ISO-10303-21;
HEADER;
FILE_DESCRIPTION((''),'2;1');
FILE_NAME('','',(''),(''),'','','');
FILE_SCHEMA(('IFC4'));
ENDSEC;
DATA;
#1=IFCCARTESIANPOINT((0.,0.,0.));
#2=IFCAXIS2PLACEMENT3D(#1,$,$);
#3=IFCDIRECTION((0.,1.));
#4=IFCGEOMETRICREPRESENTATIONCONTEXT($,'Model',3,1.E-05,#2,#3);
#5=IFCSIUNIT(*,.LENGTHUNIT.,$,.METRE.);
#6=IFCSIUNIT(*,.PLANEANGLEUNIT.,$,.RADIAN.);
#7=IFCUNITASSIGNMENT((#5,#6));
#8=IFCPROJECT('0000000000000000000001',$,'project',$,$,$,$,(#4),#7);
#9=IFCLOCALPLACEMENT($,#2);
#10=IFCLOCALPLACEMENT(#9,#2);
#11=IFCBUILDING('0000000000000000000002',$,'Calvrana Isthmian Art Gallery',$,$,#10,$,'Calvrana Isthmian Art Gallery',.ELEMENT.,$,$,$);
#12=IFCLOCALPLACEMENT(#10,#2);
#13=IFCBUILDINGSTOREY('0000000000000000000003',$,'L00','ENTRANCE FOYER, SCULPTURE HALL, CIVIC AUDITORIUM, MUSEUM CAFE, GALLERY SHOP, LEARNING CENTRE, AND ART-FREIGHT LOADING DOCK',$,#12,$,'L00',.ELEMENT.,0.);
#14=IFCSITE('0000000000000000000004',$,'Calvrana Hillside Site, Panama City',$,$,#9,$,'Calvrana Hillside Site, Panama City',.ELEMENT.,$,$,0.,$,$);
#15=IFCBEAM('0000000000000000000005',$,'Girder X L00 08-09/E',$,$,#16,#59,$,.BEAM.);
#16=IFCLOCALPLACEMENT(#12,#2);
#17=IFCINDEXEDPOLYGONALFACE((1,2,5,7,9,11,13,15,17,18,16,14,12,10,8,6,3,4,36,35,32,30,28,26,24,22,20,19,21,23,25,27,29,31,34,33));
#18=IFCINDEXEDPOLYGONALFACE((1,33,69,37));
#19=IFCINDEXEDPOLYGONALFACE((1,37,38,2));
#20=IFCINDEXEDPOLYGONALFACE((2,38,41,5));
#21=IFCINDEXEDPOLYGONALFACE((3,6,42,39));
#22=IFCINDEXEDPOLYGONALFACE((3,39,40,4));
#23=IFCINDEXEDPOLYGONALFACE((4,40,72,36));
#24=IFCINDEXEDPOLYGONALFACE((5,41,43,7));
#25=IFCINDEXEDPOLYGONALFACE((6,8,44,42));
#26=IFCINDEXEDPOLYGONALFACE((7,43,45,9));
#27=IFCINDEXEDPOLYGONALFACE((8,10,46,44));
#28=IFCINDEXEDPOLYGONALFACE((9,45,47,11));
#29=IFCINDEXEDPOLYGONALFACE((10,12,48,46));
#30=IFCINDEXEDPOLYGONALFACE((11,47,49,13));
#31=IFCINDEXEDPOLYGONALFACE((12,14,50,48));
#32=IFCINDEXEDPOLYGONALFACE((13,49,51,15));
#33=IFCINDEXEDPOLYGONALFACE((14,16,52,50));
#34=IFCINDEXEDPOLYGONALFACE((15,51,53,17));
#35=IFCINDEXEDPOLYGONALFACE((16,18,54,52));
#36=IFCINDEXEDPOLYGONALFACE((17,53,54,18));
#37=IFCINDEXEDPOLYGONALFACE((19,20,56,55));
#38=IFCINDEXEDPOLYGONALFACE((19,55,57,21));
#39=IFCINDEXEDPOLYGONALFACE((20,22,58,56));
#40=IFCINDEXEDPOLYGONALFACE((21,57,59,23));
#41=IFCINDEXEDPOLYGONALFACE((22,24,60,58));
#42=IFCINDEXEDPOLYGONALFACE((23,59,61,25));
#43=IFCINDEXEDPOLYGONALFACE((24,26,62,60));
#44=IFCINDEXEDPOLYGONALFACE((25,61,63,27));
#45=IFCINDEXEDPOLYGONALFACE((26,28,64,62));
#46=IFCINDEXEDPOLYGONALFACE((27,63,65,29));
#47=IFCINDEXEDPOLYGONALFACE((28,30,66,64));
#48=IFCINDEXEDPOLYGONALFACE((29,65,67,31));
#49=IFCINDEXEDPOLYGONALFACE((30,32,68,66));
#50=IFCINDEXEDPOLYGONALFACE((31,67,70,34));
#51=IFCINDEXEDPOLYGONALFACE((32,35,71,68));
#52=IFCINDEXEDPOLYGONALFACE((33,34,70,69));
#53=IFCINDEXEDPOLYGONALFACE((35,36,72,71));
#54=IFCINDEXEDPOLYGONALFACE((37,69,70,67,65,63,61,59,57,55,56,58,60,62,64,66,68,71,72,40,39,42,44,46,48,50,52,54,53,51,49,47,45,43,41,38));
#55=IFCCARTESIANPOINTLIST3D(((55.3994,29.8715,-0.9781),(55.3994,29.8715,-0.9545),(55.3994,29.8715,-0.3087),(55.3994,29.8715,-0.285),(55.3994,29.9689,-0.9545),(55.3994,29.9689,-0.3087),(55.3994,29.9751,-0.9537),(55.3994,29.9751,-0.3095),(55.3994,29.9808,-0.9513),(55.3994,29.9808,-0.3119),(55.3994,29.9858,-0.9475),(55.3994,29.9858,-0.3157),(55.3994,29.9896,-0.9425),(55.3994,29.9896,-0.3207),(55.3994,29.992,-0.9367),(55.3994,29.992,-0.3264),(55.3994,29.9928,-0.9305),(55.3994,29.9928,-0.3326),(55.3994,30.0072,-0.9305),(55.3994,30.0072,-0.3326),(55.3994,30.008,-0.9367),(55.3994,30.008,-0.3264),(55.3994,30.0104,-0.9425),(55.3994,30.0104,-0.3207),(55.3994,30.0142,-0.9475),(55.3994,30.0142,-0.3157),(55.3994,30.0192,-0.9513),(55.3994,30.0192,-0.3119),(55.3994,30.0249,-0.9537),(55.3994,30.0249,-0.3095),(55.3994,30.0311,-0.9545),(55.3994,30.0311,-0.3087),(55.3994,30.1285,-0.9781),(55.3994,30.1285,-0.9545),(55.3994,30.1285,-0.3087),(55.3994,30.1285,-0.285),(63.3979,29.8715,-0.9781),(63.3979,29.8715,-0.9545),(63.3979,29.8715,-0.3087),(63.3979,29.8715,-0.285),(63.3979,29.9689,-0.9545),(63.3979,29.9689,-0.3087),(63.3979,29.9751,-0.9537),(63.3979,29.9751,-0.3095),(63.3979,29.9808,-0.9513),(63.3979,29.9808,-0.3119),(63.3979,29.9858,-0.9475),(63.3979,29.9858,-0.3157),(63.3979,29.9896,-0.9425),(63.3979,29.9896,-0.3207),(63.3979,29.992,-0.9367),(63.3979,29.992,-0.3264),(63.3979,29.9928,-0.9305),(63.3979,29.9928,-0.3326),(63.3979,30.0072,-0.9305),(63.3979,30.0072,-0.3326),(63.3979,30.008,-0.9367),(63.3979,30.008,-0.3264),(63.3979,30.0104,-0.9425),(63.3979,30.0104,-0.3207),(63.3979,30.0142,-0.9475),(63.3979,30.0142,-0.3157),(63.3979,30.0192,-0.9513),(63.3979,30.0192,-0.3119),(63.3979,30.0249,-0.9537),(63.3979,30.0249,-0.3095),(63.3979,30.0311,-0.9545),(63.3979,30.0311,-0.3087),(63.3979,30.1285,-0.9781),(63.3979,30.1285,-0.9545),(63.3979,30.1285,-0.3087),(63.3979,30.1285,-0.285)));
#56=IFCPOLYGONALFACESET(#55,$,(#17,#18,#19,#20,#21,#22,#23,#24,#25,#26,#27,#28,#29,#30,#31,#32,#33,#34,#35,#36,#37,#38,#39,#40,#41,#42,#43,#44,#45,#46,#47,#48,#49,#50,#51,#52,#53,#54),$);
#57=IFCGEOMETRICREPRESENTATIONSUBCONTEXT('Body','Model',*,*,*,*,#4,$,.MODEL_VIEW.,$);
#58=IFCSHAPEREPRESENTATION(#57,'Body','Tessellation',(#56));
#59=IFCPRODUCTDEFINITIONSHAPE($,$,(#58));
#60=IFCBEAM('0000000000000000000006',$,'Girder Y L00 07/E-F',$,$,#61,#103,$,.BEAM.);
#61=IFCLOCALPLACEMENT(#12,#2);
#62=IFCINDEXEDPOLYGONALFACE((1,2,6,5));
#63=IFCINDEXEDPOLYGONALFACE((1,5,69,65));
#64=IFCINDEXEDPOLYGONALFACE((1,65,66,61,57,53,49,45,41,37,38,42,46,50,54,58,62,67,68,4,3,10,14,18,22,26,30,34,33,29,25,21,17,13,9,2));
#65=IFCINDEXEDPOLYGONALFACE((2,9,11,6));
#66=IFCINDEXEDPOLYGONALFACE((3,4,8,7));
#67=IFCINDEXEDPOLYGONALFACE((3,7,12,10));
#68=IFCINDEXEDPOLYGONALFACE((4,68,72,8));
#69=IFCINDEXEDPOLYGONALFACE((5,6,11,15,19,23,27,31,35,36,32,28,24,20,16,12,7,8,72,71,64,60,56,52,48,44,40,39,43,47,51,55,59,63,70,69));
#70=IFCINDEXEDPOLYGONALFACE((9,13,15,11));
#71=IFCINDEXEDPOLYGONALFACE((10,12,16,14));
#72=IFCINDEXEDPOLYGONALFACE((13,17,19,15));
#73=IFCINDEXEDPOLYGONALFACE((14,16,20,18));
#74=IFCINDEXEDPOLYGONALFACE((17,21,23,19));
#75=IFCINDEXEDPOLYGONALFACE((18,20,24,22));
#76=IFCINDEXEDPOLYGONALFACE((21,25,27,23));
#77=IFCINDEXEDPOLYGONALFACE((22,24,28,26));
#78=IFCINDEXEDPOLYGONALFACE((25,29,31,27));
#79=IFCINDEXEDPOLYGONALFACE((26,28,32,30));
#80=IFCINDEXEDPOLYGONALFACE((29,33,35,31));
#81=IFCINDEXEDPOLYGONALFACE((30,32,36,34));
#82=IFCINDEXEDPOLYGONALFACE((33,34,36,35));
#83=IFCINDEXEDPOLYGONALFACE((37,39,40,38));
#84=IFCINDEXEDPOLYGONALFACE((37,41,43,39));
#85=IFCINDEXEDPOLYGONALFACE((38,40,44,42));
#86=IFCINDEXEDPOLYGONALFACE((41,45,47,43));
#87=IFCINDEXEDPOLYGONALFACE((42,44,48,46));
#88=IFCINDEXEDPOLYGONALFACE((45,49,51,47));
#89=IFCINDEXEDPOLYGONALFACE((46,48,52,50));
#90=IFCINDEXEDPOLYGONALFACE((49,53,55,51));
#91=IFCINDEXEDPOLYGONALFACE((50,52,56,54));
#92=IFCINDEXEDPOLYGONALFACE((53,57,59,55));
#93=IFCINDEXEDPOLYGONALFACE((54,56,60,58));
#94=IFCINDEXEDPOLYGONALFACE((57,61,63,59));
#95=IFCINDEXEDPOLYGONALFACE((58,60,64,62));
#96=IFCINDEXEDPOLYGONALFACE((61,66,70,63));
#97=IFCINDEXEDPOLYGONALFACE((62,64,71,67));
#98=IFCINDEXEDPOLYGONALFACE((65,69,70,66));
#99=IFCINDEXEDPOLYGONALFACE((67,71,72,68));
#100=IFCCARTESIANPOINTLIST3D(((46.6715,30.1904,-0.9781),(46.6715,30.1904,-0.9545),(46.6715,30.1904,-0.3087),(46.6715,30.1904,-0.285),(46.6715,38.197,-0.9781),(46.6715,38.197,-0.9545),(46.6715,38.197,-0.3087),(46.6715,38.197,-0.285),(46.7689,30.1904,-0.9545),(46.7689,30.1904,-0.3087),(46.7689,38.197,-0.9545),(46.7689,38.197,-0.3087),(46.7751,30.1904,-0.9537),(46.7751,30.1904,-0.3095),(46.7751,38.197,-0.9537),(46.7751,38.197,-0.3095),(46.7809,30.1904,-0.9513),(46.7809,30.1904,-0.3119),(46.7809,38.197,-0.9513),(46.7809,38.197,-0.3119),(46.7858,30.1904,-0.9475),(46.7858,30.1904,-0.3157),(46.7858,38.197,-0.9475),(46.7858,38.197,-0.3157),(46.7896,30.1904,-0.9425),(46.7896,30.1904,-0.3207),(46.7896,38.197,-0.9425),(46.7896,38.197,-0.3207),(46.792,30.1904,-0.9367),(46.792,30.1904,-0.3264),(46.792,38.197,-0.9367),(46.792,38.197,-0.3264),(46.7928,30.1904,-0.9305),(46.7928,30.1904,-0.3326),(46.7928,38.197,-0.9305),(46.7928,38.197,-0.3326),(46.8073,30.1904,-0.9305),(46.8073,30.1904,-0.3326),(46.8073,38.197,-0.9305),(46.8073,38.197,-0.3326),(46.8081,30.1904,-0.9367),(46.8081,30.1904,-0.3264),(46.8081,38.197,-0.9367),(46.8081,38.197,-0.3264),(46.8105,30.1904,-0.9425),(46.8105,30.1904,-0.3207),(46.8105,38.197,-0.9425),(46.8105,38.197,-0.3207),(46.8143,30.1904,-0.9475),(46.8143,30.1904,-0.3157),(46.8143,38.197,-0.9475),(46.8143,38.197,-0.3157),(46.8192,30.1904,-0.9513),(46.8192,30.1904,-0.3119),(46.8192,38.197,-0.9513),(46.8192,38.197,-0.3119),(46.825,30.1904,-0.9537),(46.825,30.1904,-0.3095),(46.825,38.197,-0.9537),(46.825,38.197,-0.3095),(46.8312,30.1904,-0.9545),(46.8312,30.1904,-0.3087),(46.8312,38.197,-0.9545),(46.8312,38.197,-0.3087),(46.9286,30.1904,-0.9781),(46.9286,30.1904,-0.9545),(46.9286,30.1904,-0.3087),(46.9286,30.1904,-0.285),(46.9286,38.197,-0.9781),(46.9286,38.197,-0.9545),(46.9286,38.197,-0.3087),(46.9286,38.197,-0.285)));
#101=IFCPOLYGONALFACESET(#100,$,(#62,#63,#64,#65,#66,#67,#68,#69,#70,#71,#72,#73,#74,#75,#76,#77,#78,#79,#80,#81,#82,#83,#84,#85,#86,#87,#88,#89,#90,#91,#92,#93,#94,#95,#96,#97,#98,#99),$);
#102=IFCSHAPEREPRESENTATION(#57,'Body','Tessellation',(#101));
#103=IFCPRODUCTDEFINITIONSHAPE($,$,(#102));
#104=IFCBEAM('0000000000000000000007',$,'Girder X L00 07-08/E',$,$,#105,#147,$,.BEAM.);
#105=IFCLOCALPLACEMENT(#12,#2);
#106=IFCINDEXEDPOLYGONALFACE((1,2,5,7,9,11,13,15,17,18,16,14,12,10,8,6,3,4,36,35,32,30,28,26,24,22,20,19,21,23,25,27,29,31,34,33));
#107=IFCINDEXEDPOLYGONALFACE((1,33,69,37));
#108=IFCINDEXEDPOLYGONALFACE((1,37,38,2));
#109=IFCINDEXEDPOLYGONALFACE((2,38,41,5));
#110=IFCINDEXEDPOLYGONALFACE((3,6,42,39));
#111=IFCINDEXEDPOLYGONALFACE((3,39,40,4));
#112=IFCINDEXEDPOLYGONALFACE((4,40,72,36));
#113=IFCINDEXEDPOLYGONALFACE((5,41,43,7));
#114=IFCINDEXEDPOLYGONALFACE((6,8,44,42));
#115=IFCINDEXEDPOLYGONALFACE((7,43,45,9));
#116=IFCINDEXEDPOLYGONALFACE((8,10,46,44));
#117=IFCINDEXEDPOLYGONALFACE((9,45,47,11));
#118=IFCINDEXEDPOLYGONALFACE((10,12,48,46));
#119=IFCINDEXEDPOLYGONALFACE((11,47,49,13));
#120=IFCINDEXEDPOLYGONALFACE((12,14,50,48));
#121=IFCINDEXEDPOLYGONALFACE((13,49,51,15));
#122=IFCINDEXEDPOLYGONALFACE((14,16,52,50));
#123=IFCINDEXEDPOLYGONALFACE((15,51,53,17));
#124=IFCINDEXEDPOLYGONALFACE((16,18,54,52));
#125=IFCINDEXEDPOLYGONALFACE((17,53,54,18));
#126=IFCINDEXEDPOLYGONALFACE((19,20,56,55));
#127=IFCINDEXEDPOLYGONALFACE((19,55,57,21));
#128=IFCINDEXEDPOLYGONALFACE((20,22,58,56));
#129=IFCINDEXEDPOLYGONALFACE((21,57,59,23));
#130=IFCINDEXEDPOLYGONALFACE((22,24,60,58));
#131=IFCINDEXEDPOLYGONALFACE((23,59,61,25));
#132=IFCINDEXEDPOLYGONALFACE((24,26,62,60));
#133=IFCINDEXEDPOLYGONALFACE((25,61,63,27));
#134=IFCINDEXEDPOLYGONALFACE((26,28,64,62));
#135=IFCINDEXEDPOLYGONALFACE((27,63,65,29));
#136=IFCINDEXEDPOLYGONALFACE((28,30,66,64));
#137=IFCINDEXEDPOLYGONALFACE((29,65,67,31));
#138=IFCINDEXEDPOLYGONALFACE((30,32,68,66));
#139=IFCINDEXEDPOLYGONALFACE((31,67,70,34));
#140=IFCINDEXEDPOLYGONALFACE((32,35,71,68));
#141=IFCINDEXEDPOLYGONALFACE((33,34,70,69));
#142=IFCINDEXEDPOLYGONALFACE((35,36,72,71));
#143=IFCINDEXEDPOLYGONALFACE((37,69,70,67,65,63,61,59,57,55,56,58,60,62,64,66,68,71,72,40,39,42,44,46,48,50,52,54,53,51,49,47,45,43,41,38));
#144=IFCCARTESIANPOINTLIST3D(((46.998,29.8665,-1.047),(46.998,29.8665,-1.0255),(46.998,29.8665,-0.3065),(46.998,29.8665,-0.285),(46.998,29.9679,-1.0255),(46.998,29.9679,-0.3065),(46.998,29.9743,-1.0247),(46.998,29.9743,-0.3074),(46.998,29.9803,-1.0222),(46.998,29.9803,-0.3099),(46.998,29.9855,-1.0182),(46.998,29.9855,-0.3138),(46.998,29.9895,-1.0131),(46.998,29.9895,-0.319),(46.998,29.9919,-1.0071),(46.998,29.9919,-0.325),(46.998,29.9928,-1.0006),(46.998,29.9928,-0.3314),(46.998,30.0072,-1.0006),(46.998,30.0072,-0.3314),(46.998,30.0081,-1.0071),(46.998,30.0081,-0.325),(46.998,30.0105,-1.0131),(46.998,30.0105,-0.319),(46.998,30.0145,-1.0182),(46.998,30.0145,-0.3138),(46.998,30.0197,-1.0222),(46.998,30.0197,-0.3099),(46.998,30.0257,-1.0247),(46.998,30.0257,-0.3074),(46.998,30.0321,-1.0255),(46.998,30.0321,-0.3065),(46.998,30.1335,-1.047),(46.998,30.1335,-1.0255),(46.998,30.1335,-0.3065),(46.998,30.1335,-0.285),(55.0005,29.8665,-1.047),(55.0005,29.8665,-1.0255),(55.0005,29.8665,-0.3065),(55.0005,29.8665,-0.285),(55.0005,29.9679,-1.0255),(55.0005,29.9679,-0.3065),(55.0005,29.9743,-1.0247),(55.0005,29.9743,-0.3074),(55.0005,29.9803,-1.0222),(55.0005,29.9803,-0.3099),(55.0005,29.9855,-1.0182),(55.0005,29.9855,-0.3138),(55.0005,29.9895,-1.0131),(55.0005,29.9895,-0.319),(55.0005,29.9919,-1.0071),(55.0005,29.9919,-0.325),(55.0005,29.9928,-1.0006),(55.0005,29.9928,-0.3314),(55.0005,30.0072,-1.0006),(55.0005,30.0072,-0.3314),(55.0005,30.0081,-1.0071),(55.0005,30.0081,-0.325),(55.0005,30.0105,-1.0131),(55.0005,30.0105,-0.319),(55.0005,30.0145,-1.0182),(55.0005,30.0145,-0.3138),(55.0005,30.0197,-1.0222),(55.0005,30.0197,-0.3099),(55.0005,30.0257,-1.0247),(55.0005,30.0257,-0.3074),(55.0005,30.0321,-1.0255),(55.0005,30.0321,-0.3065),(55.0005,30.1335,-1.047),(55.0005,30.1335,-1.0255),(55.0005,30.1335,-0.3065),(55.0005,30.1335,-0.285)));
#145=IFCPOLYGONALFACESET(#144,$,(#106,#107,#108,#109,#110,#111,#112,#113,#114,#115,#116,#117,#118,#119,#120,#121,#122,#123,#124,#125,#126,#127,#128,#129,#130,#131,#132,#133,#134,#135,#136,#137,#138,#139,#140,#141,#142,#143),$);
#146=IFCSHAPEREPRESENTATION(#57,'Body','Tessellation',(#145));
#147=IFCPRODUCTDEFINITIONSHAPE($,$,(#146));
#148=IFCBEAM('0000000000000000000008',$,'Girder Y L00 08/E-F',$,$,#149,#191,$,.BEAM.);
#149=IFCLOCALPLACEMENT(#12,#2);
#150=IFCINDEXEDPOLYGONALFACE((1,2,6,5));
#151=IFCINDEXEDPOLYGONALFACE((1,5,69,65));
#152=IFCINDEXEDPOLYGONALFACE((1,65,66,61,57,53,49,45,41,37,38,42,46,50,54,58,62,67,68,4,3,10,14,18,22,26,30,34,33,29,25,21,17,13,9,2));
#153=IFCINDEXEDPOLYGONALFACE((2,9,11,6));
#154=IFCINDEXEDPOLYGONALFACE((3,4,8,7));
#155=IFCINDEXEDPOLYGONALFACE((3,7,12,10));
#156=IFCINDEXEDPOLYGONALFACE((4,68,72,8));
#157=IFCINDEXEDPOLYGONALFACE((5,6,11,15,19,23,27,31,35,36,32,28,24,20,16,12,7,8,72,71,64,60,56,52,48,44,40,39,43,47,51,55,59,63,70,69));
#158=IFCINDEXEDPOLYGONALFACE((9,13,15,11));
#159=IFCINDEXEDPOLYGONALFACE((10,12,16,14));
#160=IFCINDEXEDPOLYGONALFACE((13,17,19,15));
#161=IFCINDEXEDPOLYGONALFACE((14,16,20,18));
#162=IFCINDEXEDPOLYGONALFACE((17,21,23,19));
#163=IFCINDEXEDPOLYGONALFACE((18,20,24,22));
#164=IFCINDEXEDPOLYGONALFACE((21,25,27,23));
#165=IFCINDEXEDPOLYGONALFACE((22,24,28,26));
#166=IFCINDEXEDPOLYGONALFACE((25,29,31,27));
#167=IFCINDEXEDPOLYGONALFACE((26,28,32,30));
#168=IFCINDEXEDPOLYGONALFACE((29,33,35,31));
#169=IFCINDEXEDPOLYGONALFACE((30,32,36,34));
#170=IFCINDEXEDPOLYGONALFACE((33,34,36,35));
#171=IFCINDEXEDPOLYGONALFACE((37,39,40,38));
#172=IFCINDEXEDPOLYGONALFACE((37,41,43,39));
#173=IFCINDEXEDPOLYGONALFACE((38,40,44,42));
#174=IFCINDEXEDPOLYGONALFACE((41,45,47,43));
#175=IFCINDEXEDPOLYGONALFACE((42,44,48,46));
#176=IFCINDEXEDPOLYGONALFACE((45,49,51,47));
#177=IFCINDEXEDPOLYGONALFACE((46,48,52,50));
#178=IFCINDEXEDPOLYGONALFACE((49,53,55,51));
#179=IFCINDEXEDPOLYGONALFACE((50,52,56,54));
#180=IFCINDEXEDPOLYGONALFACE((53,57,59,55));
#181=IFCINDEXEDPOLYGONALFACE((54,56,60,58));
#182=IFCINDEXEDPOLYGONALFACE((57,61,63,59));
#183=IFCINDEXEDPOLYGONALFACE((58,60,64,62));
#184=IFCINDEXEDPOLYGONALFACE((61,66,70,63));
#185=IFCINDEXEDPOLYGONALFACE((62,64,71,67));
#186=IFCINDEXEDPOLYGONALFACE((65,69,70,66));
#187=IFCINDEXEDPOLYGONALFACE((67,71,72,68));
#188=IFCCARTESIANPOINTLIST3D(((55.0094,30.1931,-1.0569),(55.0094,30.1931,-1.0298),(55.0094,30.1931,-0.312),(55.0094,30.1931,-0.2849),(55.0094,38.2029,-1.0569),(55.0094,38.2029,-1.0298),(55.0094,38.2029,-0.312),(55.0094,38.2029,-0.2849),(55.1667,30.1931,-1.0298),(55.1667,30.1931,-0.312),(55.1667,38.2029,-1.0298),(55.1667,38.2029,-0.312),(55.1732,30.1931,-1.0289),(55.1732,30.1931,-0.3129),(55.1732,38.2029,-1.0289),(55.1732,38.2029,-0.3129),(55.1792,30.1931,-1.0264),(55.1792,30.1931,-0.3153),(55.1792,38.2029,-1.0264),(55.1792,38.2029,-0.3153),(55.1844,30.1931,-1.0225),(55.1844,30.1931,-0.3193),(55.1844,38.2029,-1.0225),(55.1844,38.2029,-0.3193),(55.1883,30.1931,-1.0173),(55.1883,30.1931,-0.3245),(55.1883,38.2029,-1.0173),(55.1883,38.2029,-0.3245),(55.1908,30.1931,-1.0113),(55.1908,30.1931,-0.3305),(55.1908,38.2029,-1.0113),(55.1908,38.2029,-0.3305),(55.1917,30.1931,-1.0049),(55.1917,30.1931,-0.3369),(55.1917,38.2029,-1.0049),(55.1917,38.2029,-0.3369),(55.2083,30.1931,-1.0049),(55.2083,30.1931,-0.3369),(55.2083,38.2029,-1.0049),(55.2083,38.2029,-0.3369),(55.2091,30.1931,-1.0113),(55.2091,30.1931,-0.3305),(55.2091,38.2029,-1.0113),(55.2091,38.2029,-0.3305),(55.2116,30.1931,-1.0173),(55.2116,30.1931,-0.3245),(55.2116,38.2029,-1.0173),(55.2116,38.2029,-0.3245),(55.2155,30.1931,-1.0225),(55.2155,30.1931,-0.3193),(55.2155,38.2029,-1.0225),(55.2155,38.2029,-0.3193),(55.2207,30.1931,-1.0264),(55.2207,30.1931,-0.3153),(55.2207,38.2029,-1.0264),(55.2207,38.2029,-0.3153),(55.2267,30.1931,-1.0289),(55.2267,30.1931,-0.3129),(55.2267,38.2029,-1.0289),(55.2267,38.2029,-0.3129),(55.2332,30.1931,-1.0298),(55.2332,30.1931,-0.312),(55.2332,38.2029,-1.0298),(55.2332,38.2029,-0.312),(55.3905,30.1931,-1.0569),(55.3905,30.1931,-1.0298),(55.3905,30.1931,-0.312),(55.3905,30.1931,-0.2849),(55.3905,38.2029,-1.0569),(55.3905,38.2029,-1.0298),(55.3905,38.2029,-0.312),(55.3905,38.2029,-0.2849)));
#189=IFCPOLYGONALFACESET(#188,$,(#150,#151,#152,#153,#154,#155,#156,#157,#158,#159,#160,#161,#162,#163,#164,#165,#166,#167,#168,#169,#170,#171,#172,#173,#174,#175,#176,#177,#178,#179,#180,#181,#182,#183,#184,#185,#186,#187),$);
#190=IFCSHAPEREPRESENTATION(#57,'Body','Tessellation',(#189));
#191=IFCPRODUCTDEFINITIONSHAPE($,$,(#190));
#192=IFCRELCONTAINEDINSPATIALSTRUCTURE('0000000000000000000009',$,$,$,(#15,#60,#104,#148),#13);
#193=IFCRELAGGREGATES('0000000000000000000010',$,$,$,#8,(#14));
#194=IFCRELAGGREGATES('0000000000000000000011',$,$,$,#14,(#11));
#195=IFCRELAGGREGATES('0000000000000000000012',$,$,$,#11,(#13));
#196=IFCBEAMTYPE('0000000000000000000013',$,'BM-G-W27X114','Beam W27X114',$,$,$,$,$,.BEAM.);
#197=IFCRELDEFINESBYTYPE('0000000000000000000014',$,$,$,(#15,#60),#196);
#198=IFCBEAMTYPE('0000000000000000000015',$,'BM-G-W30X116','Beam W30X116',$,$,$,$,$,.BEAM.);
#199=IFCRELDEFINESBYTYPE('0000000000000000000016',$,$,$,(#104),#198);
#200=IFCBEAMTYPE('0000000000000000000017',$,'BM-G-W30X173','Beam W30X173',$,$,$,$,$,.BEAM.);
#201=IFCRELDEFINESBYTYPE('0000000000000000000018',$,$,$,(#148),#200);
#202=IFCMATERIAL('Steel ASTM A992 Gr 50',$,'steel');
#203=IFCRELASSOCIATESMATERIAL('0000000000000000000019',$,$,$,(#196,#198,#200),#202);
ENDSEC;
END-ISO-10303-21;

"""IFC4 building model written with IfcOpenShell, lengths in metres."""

from ifc_helpers import new_model, si_unit, direction, frame, origin, origin_2d, place, context, subcontext, project, spatial, i_section, extrude, material, material_profile, profile_set, type_object, element, save


model = new_model("IFC4")

# Units and contexts
model_context = context("Model", 3, precision=1e-05, world=origin(), true_north=direction((0.0, 1.0)))
body_context = subcontext(model_context, "Body", "Model", "MODEL_VIEW")
ifc_project = project(units=[si_unit("LENGTHUNIT", "METRE"), si_unit("PLANEANGLEUNIT", "RADIAN")], contexts=[model_context])

# Site, building, storey
site_placement = place(None, origin())
site = spatial("IfcSite", under=ifc_project, at=site_placement, Name="Calvrana Hillside Site, Panama City", LongName="Calvrana Hillside Site, Panama City", CompositionType="ELEMENT", RefElevation=0.0)
building_placement = place(site_placement, origin())
building = spatial("IfcBuilding", under=site, at=building_placement, Name="Calvrana Isthmian Art Gallery", LongName="Calvrana Isthmian Art Gallery", CompositionType="ELEMENT")
storey_placement = place(building_placement, origin())
storey = spatial("IfcBuildingStorey", under=building, at=storey_placement, Name="L00", Description="ENTRANCE FOYER, SCULPTURE HALL, CIVIC AUDITORIUM, MUSEUM CAFE, GALLERY SHOP, LEARNING CENTRE, AND ART-FREIGHT LOADING DOCK", LongName="L00", CompositionType="ELEMENT", Elevation=0.0)

# Shared definitions
ifc_material_1 = material(Name="Steel ASTM A992 Gr 50", Category="steel")

# Beams
ifc_material_profile_1 = material_profile(ifc_material_1, i_section(OverallWidth=0.2571, OverallDepth=0.6931, WebThickness=0.0144, FlangeThickness=0.0237, FilletRadius=0.0239, at=origin_2d()), Name="W27X114")
ifc_profile_set_1 = profile_set([ifc_material_profile_1], Name="Steel ASTM A992 Gr 50")
beam_type_1 = type_object("IfcBeamType", Name="BM-G-W27X114", Description="Beam W27X114", PredefinedType="BEAM", material=ifc_profile_set_1)
beam_1_placement = place(storey_placement, frame((55.3994, 30.0, -0.6316), z_axis=(1.0, 0.0, 0.0), x_axis=(0.0, 1.0, 0.0)))
element("IfcBeam", 1, at=beam_1_placement, inside=storey, type_object=beam_type_1, Name="Girder X L00 08-09/E", PredefinedType="BEAM", context=body_context, shape_type="SweptSolid", body=[
    extrude(i_section(OverallWidth=0.2571, OverallDepth=0.6931, WebThickness=0.0144, FlangeThickness=0.0237, FilletRadius=0.0239, at=origin_2d()), origin(), (0.0, 0.0, 1.0), 7.9985),
])
beam_2_placement = place(storey_placement, frame((46.8, 30.1904, -0.6316), z_axis=(0.0, 1.0, 0.0), x_axis=(-1.0, 0.0, 0.0)))
element("IfcBeam", 2, at=beam_2_placement, inside=storey, type_object=beam_type_1, Name="Girder Y L00 07/E-F", PredefinedType="BEAM", context=body_context, shape_type="SweptSolid", body=[
    extrude(i_section(OverallWidth=0.2571, OverallDepth=0.6931, WebThickness=0.0144, FlangeThickness=0.0237, FilletRadius=0.0239, at=origin_2d()), origin(), (0.0, 0.0, 1.0), 8.0066),
])
ifc_material_profile_2 = material_profile(ifc_material_1, i_section(OverallWidth=0.2671, OverallDepth=0.762, WebThickness=0.0144, FlangeThickness=0.0215, FilletRadius=0.0249, at=origin_2d()), Name="W30X116")
ifc_profile_set_2 = profile_set([ifc_material_profile_2], Name="Steel ASTM A992 Gr 50")
beam_type_2 = type_object("IfcBeamType", Name="BM-G-W30X116", Description="Beam W30X116", PredefinedType="BEAM", material=ifc_profile_set_2)
beam_3_placement = place(storey_placement, frame((46.998, 30.0, -0.666), z_axis=(1.0, 0.0, 0.0), x_axis=(0.0, 1.0, 0.0)))
element("IfcBeam", 3, at=beam_3_placement, inside=storey, type_object=beam_type_2, Name="Girder X L00 07-08/E", PredefinedType="BEAM", context=body_context, shape_type="SweptSolid", body=[
    extrude(i_section(OverallWidth=0.2671, OverallDepth=0.762, WebThickness=0.0144, FlangeThickness=0.0215, FilletRadius=0.0249, at=origin_2d()), origin(), (0.0, 0.0, 1.0), 8.0024),
])
ifc_material_profile_3 = material_profile(ifc_material_1, i_section(OverallWidth=0.3811, OverallDepth=0.772, WebThickness=0.0166, FlangeThickness=0.0271, FilletRadius=0.0249, at=origin_2d()), Name="W30X173")
ifc_profile_set_3 = profile_set([ifc_material_profile_3], Name="Steel ASTM A992 Gr 50")
beam_type_3 = type_object("IfcBeamType", Name="BM-G-W30X173", Description="Beam W30X173", PredefinedType="BEAM", material=ifc_profile_set_3)
beam_4_placement = place(storey_placement, frame((55.2, 30.1931, -0.6709), z_axis=(0.0, 1.0, 0.0), x_axis=(-1.0, 0.0, 0.0)))
element("IfcBeam", 4, at=beam_4_placement, inside=storey, type_object=beam_type_3, Name="Girder Y L00 08/E-F", PredefinedType="BEAM", context=body_context, shape_type="SweptSolid", body=[
    extrude(i_section(OverallWidth=0.3811, OverallDepth=0.772, WebThickness=0.0166, FlangeThickness=0.0271, FilletRadius=0.0249, at=origin_2d()), origin(), (0.0, 0.0, 1.0), 8.0098),
])

save(model, "model.ifc")
